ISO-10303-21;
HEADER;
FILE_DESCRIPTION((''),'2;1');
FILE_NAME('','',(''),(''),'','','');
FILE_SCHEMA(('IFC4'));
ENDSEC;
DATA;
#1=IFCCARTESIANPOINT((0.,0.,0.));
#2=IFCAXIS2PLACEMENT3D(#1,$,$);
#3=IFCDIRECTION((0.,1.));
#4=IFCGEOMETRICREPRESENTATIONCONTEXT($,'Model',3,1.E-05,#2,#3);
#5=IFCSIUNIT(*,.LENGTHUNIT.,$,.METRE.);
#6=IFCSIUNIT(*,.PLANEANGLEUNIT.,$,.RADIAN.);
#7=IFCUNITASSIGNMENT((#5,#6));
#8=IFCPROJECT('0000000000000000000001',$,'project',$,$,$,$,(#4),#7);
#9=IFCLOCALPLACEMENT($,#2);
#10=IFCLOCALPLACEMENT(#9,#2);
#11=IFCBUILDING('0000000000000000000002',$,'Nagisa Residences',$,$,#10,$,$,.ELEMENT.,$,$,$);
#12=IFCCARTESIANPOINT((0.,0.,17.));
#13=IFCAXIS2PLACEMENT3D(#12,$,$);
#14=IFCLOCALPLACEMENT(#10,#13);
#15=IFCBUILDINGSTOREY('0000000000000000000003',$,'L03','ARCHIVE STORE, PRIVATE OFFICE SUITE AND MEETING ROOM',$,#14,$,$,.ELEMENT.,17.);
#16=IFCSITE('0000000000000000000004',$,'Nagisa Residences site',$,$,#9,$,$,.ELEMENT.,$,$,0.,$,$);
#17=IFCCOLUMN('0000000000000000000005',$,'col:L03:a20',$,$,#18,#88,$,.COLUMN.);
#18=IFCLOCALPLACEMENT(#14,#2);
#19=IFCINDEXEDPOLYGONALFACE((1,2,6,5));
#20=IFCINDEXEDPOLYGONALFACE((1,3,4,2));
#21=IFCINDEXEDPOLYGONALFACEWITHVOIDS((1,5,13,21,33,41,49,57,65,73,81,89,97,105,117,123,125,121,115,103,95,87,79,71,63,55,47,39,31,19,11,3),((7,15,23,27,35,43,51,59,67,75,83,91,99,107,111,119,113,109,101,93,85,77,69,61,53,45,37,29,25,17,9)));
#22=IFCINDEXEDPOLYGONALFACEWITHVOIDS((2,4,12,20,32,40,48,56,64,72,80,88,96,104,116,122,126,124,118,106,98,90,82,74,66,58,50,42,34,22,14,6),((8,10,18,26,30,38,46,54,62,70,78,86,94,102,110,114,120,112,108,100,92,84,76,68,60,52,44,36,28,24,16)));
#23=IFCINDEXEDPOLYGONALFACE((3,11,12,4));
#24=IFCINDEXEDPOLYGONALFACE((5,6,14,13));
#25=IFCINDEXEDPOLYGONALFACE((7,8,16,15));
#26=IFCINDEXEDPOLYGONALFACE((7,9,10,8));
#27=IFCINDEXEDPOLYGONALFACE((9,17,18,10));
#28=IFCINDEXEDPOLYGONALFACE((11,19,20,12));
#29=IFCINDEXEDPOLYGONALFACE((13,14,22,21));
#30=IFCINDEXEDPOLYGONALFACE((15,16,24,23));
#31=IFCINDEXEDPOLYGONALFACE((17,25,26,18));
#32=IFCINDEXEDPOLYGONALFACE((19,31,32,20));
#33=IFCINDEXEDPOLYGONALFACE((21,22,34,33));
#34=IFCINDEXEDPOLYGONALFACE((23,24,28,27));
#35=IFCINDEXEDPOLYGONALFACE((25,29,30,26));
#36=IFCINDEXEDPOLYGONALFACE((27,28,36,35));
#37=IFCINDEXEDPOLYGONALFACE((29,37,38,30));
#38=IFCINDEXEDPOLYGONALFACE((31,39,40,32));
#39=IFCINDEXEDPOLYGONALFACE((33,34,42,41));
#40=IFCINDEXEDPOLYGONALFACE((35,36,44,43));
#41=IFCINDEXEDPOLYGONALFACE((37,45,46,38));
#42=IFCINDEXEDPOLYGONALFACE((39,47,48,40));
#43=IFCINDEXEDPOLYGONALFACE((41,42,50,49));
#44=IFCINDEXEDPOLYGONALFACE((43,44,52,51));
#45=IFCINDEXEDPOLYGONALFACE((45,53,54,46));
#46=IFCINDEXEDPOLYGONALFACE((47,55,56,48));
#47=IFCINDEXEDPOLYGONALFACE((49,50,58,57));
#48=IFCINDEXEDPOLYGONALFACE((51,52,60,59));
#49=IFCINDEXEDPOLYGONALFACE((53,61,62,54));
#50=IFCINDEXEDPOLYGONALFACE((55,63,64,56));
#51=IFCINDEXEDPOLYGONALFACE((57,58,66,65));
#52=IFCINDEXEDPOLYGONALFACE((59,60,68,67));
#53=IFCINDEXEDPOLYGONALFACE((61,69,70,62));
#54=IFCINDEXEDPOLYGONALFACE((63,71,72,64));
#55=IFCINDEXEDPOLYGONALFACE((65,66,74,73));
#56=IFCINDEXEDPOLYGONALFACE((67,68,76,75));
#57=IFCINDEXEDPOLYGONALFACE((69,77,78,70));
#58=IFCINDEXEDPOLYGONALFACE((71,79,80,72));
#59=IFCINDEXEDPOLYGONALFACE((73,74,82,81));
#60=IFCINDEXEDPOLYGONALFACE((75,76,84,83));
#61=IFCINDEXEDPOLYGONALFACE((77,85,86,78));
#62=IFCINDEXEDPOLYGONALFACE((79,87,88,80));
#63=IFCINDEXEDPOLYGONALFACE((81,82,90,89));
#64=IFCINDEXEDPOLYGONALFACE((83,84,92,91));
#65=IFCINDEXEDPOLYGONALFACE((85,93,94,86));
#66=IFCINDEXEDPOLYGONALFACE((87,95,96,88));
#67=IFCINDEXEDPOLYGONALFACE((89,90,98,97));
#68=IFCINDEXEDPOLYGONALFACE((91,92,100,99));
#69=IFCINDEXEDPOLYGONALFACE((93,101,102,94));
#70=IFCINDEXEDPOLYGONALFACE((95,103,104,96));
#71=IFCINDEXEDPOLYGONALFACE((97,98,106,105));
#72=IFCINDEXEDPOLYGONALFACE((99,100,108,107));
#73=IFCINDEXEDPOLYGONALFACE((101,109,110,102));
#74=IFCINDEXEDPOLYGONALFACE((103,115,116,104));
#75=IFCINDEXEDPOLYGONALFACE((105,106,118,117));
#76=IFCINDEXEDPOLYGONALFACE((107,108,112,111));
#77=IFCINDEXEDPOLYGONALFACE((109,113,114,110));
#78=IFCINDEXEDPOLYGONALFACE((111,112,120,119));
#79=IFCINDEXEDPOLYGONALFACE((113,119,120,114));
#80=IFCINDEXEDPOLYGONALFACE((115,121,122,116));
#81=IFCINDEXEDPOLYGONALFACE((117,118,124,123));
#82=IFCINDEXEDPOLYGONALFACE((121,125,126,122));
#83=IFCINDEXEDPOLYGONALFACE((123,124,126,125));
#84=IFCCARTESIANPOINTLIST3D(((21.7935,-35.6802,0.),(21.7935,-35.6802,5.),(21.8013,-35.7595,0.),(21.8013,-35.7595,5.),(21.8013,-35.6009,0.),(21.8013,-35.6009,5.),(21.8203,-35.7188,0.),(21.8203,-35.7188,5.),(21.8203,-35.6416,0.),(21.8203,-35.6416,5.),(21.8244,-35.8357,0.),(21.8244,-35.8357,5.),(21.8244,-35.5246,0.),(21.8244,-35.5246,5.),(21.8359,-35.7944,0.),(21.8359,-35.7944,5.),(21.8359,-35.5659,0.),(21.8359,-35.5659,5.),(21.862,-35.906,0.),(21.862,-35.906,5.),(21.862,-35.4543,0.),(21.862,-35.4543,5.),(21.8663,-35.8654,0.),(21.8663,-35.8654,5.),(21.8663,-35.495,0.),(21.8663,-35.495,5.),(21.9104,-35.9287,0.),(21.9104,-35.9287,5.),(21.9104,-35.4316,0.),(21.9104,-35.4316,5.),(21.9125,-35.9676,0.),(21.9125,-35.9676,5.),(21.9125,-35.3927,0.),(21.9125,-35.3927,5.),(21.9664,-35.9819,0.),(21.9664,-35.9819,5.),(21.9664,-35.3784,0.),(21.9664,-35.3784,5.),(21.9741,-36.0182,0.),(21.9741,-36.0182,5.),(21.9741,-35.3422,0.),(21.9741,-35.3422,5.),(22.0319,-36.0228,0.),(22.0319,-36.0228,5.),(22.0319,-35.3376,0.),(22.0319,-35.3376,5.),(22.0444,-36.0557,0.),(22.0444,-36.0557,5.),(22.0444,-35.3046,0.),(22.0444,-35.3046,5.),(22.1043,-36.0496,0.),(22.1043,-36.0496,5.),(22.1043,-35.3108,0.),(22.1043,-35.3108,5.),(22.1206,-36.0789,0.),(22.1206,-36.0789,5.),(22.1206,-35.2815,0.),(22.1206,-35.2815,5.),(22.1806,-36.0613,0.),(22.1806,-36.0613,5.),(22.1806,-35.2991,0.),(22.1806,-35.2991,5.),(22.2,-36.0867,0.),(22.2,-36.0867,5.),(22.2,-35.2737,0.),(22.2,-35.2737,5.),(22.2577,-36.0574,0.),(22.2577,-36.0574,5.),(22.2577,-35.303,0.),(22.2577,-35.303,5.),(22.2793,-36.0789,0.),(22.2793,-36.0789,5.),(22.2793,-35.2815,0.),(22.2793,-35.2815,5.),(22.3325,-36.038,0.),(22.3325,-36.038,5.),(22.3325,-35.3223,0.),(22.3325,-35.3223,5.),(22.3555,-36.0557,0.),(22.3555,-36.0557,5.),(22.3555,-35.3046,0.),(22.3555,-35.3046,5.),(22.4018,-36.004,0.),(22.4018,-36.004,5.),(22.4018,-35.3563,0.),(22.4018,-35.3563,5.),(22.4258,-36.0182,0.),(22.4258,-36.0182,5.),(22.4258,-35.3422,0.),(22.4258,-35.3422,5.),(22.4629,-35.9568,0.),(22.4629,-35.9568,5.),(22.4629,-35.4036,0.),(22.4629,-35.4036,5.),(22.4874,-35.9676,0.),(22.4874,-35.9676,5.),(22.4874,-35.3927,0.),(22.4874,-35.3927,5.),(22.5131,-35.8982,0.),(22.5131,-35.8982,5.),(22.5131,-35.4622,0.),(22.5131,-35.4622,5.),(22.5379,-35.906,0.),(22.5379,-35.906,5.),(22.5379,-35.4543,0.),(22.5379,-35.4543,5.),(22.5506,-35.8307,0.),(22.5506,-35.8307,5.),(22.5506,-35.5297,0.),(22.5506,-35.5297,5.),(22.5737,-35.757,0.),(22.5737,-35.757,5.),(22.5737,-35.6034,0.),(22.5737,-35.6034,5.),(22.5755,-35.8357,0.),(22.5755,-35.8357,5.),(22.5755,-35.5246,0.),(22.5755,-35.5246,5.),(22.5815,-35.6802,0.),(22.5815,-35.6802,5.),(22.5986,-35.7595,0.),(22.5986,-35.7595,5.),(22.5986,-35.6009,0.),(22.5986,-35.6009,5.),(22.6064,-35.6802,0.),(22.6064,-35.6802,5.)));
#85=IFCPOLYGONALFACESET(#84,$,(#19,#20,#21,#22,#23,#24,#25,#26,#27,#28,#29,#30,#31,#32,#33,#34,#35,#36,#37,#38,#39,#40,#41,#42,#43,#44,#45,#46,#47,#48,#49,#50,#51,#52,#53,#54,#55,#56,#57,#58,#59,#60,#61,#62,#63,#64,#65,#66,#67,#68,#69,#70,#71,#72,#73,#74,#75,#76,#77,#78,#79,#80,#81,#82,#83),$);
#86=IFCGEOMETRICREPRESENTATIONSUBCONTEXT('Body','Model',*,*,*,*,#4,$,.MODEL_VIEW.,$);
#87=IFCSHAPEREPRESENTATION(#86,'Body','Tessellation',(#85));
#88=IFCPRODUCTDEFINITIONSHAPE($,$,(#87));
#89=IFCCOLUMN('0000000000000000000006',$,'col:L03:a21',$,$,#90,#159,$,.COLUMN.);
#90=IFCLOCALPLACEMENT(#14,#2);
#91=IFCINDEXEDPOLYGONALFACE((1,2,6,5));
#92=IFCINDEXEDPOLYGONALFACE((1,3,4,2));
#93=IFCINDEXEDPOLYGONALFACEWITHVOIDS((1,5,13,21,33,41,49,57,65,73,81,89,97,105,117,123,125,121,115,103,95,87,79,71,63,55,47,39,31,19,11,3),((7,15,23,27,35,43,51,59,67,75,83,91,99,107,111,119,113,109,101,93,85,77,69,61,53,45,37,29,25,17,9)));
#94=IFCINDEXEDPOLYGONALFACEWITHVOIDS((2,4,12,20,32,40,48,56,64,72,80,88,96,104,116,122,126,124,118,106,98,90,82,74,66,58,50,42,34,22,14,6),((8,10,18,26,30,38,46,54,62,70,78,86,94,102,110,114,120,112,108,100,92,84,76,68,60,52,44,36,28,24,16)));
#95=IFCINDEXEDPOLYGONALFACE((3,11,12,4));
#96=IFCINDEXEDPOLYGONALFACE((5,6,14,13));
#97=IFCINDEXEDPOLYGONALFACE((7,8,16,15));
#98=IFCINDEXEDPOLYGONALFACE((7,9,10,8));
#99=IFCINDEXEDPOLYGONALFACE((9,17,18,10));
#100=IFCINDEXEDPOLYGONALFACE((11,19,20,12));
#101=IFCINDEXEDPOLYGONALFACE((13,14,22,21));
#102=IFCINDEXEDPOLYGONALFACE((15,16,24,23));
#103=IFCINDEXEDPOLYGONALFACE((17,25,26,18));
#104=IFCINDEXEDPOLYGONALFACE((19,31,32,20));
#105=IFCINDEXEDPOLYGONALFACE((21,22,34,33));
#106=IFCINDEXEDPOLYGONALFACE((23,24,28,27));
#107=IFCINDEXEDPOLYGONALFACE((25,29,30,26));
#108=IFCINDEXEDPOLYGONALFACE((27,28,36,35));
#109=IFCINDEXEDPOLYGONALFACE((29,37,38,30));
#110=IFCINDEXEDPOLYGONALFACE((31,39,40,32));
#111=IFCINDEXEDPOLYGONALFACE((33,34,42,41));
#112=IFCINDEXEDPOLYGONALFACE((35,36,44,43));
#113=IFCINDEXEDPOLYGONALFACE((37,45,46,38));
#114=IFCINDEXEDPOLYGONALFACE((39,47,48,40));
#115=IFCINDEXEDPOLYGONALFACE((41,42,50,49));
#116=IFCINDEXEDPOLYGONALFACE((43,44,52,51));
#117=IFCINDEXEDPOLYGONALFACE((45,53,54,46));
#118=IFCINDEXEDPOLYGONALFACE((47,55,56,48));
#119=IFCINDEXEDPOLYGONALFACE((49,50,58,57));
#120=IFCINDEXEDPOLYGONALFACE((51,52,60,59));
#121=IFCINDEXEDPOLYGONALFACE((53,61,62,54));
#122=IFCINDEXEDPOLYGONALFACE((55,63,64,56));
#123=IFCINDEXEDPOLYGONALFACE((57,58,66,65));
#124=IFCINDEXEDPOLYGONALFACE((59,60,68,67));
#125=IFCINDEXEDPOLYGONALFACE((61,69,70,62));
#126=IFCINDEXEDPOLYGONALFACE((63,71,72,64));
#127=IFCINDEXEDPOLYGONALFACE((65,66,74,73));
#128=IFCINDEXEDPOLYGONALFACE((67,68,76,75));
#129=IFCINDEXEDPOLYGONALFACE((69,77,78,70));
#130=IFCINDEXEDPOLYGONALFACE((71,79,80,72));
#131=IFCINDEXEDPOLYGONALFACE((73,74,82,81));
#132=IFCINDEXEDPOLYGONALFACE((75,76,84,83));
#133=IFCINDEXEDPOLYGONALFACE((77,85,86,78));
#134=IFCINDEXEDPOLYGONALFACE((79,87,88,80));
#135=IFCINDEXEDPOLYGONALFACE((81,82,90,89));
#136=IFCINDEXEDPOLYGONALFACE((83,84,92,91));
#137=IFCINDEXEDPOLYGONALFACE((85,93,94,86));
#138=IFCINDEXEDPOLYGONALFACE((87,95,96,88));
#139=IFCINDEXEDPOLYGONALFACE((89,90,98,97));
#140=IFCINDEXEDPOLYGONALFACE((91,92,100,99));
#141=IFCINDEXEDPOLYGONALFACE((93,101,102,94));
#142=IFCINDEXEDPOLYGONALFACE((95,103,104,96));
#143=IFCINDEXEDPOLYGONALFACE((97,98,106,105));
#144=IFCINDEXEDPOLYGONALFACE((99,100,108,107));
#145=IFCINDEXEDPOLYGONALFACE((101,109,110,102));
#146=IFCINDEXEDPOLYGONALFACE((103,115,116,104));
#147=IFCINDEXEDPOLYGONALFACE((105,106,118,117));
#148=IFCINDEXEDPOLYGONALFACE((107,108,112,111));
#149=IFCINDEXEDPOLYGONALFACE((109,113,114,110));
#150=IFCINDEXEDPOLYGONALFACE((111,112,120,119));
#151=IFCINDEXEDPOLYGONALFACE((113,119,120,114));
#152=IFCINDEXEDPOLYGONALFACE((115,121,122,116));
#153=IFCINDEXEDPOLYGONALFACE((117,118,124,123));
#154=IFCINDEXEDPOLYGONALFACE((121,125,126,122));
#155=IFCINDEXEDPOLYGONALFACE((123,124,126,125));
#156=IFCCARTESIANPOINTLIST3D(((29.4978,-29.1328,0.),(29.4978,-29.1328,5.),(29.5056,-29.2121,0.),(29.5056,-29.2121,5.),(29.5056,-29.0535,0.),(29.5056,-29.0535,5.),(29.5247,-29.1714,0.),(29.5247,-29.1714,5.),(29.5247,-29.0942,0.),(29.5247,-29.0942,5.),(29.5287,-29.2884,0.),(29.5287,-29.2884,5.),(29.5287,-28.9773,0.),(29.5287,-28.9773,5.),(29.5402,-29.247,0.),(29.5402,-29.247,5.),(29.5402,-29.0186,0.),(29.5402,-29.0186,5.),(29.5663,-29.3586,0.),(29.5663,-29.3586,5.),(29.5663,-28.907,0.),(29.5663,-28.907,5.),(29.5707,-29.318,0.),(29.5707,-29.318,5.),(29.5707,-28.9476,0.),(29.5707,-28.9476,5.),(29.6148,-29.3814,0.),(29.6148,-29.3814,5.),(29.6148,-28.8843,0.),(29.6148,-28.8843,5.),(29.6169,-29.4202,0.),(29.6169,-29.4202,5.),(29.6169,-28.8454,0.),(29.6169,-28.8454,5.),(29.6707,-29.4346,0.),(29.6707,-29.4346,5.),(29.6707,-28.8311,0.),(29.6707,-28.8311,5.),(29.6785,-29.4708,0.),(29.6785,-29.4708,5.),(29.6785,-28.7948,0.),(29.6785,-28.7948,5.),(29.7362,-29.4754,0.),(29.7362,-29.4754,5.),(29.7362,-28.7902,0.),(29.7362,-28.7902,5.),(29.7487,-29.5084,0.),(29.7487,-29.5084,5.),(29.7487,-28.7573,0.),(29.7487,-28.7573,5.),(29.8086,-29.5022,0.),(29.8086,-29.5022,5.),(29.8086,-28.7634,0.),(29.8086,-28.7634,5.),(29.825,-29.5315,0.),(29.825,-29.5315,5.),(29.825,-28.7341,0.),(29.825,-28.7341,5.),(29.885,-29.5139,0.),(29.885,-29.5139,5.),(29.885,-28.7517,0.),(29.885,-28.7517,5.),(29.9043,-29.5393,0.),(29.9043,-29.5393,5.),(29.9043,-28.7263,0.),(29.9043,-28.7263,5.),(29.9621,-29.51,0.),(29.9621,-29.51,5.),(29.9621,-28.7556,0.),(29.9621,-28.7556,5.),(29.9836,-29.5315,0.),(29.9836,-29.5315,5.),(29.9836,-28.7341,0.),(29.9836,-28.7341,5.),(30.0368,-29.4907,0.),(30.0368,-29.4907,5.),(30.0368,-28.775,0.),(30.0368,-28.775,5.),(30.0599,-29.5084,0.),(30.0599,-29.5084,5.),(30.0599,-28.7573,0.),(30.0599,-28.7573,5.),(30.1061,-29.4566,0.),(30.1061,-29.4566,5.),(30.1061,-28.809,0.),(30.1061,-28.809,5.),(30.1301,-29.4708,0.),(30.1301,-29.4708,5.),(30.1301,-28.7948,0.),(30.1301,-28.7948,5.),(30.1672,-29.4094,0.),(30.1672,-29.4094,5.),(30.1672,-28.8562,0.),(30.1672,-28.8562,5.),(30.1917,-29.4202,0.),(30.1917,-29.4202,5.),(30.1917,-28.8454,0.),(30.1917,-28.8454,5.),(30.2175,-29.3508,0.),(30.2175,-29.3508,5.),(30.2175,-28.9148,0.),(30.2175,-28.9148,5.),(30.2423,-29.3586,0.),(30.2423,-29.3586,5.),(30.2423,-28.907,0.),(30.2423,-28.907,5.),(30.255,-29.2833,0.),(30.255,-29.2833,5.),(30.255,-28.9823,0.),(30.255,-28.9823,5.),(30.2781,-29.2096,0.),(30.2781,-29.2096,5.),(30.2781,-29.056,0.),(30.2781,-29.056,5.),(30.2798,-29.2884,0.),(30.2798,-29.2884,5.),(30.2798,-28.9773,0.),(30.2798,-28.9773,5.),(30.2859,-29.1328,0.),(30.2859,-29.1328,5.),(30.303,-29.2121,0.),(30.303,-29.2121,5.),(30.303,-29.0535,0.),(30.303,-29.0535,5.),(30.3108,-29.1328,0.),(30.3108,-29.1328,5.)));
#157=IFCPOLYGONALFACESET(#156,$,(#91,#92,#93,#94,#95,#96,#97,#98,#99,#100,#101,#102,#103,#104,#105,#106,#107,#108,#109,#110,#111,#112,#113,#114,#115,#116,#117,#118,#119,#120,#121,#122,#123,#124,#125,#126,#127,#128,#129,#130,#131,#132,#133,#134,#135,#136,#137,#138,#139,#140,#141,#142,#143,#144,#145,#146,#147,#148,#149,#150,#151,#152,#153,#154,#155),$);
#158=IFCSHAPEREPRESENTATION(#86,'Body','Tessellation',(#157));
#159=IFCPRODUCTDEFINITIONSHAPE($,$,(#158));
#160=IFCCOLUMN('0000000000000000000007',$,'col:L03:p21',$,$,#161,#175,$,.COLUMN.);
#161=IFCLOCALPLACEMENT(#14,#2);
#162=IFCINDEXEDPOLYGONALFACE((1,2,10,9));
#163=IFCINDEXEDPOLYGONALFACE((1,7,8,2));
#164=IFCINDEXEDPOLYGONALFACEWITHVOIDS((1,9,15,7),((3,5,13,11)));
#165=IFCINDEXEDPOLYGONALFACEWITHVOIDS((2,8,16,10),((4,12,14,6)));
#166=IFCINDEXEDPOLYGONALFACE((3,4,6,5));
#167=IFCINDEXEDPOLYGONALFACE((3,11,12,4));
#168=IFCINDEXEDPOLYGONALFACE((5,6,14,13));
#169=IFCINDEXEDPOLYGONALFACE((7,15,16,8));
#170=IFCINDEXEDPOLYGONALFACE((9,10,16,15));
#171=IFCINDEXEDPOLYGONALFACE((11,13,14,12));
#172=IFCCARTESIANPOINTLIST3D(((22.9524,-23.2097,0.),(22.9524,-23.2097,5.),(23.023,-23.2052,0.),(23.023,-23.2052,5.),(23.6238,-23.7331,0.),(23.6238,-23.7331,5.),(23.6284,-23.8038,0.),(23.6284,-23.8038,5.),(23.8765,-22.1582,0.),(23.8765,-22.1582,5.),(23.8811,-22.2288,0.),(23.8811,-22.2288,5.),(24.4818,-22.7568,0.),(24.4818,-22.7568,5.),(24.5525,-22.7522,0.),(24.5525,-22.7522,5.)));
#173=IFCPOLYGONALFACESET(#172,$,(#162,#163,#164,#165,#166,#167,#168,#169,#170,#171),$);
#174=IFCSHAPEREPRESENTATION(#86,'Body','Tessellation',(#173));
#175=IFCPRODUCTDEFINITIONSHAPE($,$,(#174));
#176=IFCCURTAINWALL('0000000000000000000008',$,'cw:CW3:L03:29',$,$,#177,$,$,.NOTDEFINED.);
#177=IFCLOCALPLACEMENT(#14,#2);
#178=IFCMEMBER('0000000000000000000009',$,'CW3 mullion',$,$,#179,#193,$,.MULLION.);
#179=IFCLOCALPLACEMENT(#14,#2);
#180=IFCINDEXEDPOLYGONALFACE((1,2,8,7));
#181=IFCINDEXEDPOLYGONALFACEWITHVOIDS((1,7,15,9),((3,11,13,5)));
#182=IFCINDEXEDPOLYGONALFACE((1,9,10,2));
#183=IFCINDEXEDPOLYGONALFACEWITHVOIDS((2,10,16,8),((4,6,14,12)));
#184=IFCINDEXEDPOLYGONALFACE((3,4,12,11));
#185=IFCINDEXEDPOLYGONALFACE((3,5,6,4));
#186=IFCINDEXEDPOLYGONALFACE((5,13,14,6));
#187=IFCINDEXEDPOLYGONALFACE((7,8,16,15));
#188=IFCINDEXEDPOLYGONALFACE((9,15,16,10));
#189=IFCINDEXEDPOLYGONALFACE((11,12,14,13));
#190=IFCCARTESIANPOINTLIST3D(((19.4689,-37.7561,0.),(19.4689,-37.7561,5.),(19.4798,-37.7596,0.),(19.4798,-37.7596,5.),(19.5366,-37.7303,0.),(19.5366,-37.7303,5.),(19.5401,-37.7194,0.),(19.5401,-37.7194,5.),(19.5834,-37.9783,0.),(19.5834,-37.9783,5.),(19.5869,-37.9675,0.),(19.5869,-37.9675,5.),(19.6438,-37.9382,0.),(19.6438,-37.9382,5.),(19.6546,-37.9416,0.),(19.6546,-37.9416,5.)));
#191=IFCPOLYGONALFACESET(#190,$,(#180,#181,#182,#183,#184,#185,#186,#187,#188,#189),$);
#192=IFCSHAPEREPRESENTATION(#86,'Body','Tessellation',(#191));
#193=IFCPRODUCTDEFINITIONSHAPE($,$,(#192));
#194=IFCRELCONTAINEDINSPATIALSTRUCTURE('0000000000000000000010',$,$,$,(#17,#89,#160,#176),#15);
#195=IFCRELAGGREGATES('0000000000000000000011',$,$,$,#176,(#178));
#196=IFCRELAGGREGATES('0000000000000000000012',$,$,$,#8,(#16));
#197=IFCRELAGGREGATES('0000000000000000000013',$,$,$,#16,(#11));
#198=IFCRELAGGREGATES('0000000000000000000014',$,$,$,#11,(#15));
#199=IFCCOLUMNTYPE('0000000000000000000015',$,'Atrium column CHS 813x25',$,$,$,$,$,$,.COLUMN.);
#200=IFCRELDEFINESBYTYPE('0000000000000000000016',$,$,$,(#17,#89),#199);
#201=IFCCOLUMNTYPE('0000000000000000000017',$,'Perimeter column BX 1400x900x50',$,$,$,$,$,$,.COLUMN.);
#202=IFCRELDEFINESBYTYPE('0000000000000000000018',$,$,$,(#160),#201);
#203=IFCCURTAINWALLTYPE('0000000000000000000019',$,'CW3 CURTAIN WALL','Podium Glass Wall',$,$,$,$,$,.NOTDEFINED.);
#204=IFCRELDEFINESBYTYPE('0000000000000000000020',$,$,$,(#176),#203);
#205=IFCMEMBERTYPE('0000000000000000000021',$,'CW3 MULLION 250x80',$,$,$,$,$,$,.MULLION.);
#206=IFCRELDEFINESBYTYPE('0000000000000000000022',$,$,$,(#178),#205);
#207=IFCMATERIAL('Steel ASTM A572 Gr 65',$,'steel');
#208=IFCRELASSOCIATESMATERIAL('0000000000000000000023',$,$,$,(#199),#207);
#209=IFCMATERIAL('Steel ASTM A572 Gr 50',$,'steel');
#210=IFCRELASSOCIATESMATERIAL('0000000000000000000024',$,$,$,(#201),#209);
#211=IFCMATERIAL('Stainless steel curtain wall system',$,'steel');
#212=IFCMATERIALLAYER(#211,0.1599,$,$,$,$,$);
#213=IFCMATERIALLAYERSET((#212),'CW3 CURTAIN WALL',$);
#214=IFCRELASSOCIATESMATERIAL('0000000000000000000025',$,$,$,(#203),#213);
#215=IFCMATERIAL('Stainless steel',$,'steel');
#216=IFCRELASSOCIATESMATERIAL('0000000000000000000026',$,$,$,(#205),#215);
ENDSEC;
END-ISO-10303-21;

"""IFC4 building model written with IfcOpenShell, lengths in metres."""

from ifc_helpers import new_model, si_unit, direction, frame, origin, origin_2d, place, context, subcontext, project, spatial, hollow_rectangle, hollow_circle, extrude, material, layer, layer_set, material_profile, profile_set, type_object, element, aggregate, save


model = new_model("IFC4")

# Units and contexts
model_context = context("Model", 3, precision=1e-05, world=origin(), true_north=direction((0.0, 1.0)))
body_context = subcontext(model_context, "Body", "Model", "MODEL_VIEW")
ifc_project = project(units=[si_unit("LENGTHUNIT", "METRE"), si_unit("PLANEANGLEUNIT", "RADIAN")], contexts=[model_context])

# Site, building, storey
site_placement = place(None, origin())
site = spatial("IfcSite", under=ifc_project, at=site_placement, Name="Nagisa Residences site", CompositionType="ELEMENT", RefElevation=0.0)
building_placement = place(site_placement, origin())
building = spatial("IfcBuilding", under=site, at=building_placement, Name="Nagisa Residences", CompositionType="ELEMENT")
storey_placement = place(building_placement, frame((0.0, 0.0, 17.0)))
storey = spatial("IfcBuildingStorey", under=building, at=storey_placement, Name="L03", Description="ARCHIVE STORE, PRIVATE OFFICE SUITE AND MEETING ROOM", CompositionType="ELEMENT", Elevation=17.0)

# Columns
ifc_material_1 = material(Name="Steel ASTM A572 Gr 65", Category="steel")
ifc_material_profile_1 = material_profile(ifc_material_1, hollow_circle(Radius=0.4065, WallThickness=0.0249, at=origin_2d()), Name="CHS 813x25")
ifc_profile_set_1 = profile_set([ifc_material_profile_1], Name="Steel ASTM A572 Gr 65")
column_type_1 = type_object("IfcColumnType", Name="Atrium column CHS 813x25", PredefinedType="COLUMN", material=ifc_profile_set_1)
for number, where, z_axis, x_axis, name in (
    (1, (22.2, -35.6802, 0.0), (0.0, 0.0, 1.0), (1.0, 0.0, 0.0), "col:L03:a20"),
    (2, (29.9043, -29.1328, 0.0), (0.0, 0.0, 1.0), (1.0, 0.0, 0.0), "col:L03:a21"),
):
    element("IfcColumn", number, at=place(storey_placement, frame(where, z_axis=z_axis, x_axis=x_axis)), inside=storey, type_object=column_type_1, Name=name, PredefinedType="COLUMN", context=body_context, shape_type="SweptSolid", body=[
        extrude(hollow_circle(Radius=0.4065, WallThickness=0.0249, at=origin_2d()), origin(), (0.0, 0.0, 1.0), 5.0),
    ])
ifc_material_2 = material(Name="Steel ASTM A572 Gr 50", Category="steel")
ifc_material_profile_2 = material_profile(ifc_material_2, hollow_rectangle(XDim=1.3999, YDim=0.8999, WallThickness=0.05, at=origin_2d()), Name="BX 1400x900x50")
ifc_profile_set_2 = profile_set([ifc_material_profile_2], Name="Steel ASTM A572 Gr 50")
column_type_2 = type_object("IfcColumnType", Name="Perimeter column BX 1400x900x50", PredefinedType="COLUMN", material=ifc_profile_set_2)
column_placement = place(storey_placement, frame((23.7524, -22.981, 0.0), z_axis=(0.0, 0.0, 1.0), x_axis=(0.660115, 0.751165, 0.0)))
element("IfcColumn", 3, at=column_placement, inside=storey, type_object=column_type_2, Name="col:L03:p21", PredefinedType="COLUMN", context=body_context, shape_type="SweptSolid", body=[
    extrude(hollow_rectangle(XDim=1.3999, YDim=0.8999, WallThickness=0.05, at=origin_2d()), origin(), (0.0, 0.0, 1.0), 5.0),
])

# Curtain wall, member
ifc_material_3 = material(Name="Stainless steel curtain wall system", Category="steel")
ifc_layer_1 = layer(ifc_material_3, 0.1599)
ifc_layer_set_1 = layer_set([ifc_layer_1], Name="CW3 CURTAIN WALL")
curtain_wall_type_1 = type_object("IfcCurtainWallType", Name="CW3 CURTAIN WALL", Description="Podium Glass Wall", PredefinedType="NOTDEFINED", material=ifc_layer_set_1)
curtain_wall_1_placement = place(storey_placement, origin())
curtain_wall_1 = element("IfcCurtainWall", 4, at=curtain_wall_1_placement, inside=storey, type_object=curtain_wall_type_1, Name="cw:CW3:L03:29", PredefinedType="NOTDEFINED")
ifc_material_4 = material(Name="Stainless steel", Category="steel")
ifc_material_profile_3 = material_profile(ifc_material_4, hollow_rectangle(XDim=0.25, YDim=0.0801, WallThickness=0.0081, at=origin_2d()), Name="CW3 MULLION 250x80")
ifc_profile_set_3 = profile_set([ifc_material_profile_3], Name="Stainless steel")
member_type_1 = type_object("IfcMemberType", Name="CW3 MULLION 250x80", PredefinedType="MULLION", material=ifc_profile_set_3)
member_1_placement = place(storey_placement, frame((19.5618, -37.8489, 0.0), z_axis=(0.0, 0.0, 1.0), x_axis=(-0.458126, 0.888887, 0.0)))
member_1 = element("IfcMember", 5, at=member_1_placement, type_object=member_type_1, Name="CW3 mullion", PredefinedType="MULLION", context=body_context, shape_type="SweptSolid", body=[
    extrude(hollow_rectangle(XDim=0.25, YDim=0.0801, WallThickness=0.0081, at=origin_2d()), origin(), (0.0, 0.0, 1.0), 5.0),
])

aggregate(curtain_wall_1, [member_1])

save(model, "model.ifc")
